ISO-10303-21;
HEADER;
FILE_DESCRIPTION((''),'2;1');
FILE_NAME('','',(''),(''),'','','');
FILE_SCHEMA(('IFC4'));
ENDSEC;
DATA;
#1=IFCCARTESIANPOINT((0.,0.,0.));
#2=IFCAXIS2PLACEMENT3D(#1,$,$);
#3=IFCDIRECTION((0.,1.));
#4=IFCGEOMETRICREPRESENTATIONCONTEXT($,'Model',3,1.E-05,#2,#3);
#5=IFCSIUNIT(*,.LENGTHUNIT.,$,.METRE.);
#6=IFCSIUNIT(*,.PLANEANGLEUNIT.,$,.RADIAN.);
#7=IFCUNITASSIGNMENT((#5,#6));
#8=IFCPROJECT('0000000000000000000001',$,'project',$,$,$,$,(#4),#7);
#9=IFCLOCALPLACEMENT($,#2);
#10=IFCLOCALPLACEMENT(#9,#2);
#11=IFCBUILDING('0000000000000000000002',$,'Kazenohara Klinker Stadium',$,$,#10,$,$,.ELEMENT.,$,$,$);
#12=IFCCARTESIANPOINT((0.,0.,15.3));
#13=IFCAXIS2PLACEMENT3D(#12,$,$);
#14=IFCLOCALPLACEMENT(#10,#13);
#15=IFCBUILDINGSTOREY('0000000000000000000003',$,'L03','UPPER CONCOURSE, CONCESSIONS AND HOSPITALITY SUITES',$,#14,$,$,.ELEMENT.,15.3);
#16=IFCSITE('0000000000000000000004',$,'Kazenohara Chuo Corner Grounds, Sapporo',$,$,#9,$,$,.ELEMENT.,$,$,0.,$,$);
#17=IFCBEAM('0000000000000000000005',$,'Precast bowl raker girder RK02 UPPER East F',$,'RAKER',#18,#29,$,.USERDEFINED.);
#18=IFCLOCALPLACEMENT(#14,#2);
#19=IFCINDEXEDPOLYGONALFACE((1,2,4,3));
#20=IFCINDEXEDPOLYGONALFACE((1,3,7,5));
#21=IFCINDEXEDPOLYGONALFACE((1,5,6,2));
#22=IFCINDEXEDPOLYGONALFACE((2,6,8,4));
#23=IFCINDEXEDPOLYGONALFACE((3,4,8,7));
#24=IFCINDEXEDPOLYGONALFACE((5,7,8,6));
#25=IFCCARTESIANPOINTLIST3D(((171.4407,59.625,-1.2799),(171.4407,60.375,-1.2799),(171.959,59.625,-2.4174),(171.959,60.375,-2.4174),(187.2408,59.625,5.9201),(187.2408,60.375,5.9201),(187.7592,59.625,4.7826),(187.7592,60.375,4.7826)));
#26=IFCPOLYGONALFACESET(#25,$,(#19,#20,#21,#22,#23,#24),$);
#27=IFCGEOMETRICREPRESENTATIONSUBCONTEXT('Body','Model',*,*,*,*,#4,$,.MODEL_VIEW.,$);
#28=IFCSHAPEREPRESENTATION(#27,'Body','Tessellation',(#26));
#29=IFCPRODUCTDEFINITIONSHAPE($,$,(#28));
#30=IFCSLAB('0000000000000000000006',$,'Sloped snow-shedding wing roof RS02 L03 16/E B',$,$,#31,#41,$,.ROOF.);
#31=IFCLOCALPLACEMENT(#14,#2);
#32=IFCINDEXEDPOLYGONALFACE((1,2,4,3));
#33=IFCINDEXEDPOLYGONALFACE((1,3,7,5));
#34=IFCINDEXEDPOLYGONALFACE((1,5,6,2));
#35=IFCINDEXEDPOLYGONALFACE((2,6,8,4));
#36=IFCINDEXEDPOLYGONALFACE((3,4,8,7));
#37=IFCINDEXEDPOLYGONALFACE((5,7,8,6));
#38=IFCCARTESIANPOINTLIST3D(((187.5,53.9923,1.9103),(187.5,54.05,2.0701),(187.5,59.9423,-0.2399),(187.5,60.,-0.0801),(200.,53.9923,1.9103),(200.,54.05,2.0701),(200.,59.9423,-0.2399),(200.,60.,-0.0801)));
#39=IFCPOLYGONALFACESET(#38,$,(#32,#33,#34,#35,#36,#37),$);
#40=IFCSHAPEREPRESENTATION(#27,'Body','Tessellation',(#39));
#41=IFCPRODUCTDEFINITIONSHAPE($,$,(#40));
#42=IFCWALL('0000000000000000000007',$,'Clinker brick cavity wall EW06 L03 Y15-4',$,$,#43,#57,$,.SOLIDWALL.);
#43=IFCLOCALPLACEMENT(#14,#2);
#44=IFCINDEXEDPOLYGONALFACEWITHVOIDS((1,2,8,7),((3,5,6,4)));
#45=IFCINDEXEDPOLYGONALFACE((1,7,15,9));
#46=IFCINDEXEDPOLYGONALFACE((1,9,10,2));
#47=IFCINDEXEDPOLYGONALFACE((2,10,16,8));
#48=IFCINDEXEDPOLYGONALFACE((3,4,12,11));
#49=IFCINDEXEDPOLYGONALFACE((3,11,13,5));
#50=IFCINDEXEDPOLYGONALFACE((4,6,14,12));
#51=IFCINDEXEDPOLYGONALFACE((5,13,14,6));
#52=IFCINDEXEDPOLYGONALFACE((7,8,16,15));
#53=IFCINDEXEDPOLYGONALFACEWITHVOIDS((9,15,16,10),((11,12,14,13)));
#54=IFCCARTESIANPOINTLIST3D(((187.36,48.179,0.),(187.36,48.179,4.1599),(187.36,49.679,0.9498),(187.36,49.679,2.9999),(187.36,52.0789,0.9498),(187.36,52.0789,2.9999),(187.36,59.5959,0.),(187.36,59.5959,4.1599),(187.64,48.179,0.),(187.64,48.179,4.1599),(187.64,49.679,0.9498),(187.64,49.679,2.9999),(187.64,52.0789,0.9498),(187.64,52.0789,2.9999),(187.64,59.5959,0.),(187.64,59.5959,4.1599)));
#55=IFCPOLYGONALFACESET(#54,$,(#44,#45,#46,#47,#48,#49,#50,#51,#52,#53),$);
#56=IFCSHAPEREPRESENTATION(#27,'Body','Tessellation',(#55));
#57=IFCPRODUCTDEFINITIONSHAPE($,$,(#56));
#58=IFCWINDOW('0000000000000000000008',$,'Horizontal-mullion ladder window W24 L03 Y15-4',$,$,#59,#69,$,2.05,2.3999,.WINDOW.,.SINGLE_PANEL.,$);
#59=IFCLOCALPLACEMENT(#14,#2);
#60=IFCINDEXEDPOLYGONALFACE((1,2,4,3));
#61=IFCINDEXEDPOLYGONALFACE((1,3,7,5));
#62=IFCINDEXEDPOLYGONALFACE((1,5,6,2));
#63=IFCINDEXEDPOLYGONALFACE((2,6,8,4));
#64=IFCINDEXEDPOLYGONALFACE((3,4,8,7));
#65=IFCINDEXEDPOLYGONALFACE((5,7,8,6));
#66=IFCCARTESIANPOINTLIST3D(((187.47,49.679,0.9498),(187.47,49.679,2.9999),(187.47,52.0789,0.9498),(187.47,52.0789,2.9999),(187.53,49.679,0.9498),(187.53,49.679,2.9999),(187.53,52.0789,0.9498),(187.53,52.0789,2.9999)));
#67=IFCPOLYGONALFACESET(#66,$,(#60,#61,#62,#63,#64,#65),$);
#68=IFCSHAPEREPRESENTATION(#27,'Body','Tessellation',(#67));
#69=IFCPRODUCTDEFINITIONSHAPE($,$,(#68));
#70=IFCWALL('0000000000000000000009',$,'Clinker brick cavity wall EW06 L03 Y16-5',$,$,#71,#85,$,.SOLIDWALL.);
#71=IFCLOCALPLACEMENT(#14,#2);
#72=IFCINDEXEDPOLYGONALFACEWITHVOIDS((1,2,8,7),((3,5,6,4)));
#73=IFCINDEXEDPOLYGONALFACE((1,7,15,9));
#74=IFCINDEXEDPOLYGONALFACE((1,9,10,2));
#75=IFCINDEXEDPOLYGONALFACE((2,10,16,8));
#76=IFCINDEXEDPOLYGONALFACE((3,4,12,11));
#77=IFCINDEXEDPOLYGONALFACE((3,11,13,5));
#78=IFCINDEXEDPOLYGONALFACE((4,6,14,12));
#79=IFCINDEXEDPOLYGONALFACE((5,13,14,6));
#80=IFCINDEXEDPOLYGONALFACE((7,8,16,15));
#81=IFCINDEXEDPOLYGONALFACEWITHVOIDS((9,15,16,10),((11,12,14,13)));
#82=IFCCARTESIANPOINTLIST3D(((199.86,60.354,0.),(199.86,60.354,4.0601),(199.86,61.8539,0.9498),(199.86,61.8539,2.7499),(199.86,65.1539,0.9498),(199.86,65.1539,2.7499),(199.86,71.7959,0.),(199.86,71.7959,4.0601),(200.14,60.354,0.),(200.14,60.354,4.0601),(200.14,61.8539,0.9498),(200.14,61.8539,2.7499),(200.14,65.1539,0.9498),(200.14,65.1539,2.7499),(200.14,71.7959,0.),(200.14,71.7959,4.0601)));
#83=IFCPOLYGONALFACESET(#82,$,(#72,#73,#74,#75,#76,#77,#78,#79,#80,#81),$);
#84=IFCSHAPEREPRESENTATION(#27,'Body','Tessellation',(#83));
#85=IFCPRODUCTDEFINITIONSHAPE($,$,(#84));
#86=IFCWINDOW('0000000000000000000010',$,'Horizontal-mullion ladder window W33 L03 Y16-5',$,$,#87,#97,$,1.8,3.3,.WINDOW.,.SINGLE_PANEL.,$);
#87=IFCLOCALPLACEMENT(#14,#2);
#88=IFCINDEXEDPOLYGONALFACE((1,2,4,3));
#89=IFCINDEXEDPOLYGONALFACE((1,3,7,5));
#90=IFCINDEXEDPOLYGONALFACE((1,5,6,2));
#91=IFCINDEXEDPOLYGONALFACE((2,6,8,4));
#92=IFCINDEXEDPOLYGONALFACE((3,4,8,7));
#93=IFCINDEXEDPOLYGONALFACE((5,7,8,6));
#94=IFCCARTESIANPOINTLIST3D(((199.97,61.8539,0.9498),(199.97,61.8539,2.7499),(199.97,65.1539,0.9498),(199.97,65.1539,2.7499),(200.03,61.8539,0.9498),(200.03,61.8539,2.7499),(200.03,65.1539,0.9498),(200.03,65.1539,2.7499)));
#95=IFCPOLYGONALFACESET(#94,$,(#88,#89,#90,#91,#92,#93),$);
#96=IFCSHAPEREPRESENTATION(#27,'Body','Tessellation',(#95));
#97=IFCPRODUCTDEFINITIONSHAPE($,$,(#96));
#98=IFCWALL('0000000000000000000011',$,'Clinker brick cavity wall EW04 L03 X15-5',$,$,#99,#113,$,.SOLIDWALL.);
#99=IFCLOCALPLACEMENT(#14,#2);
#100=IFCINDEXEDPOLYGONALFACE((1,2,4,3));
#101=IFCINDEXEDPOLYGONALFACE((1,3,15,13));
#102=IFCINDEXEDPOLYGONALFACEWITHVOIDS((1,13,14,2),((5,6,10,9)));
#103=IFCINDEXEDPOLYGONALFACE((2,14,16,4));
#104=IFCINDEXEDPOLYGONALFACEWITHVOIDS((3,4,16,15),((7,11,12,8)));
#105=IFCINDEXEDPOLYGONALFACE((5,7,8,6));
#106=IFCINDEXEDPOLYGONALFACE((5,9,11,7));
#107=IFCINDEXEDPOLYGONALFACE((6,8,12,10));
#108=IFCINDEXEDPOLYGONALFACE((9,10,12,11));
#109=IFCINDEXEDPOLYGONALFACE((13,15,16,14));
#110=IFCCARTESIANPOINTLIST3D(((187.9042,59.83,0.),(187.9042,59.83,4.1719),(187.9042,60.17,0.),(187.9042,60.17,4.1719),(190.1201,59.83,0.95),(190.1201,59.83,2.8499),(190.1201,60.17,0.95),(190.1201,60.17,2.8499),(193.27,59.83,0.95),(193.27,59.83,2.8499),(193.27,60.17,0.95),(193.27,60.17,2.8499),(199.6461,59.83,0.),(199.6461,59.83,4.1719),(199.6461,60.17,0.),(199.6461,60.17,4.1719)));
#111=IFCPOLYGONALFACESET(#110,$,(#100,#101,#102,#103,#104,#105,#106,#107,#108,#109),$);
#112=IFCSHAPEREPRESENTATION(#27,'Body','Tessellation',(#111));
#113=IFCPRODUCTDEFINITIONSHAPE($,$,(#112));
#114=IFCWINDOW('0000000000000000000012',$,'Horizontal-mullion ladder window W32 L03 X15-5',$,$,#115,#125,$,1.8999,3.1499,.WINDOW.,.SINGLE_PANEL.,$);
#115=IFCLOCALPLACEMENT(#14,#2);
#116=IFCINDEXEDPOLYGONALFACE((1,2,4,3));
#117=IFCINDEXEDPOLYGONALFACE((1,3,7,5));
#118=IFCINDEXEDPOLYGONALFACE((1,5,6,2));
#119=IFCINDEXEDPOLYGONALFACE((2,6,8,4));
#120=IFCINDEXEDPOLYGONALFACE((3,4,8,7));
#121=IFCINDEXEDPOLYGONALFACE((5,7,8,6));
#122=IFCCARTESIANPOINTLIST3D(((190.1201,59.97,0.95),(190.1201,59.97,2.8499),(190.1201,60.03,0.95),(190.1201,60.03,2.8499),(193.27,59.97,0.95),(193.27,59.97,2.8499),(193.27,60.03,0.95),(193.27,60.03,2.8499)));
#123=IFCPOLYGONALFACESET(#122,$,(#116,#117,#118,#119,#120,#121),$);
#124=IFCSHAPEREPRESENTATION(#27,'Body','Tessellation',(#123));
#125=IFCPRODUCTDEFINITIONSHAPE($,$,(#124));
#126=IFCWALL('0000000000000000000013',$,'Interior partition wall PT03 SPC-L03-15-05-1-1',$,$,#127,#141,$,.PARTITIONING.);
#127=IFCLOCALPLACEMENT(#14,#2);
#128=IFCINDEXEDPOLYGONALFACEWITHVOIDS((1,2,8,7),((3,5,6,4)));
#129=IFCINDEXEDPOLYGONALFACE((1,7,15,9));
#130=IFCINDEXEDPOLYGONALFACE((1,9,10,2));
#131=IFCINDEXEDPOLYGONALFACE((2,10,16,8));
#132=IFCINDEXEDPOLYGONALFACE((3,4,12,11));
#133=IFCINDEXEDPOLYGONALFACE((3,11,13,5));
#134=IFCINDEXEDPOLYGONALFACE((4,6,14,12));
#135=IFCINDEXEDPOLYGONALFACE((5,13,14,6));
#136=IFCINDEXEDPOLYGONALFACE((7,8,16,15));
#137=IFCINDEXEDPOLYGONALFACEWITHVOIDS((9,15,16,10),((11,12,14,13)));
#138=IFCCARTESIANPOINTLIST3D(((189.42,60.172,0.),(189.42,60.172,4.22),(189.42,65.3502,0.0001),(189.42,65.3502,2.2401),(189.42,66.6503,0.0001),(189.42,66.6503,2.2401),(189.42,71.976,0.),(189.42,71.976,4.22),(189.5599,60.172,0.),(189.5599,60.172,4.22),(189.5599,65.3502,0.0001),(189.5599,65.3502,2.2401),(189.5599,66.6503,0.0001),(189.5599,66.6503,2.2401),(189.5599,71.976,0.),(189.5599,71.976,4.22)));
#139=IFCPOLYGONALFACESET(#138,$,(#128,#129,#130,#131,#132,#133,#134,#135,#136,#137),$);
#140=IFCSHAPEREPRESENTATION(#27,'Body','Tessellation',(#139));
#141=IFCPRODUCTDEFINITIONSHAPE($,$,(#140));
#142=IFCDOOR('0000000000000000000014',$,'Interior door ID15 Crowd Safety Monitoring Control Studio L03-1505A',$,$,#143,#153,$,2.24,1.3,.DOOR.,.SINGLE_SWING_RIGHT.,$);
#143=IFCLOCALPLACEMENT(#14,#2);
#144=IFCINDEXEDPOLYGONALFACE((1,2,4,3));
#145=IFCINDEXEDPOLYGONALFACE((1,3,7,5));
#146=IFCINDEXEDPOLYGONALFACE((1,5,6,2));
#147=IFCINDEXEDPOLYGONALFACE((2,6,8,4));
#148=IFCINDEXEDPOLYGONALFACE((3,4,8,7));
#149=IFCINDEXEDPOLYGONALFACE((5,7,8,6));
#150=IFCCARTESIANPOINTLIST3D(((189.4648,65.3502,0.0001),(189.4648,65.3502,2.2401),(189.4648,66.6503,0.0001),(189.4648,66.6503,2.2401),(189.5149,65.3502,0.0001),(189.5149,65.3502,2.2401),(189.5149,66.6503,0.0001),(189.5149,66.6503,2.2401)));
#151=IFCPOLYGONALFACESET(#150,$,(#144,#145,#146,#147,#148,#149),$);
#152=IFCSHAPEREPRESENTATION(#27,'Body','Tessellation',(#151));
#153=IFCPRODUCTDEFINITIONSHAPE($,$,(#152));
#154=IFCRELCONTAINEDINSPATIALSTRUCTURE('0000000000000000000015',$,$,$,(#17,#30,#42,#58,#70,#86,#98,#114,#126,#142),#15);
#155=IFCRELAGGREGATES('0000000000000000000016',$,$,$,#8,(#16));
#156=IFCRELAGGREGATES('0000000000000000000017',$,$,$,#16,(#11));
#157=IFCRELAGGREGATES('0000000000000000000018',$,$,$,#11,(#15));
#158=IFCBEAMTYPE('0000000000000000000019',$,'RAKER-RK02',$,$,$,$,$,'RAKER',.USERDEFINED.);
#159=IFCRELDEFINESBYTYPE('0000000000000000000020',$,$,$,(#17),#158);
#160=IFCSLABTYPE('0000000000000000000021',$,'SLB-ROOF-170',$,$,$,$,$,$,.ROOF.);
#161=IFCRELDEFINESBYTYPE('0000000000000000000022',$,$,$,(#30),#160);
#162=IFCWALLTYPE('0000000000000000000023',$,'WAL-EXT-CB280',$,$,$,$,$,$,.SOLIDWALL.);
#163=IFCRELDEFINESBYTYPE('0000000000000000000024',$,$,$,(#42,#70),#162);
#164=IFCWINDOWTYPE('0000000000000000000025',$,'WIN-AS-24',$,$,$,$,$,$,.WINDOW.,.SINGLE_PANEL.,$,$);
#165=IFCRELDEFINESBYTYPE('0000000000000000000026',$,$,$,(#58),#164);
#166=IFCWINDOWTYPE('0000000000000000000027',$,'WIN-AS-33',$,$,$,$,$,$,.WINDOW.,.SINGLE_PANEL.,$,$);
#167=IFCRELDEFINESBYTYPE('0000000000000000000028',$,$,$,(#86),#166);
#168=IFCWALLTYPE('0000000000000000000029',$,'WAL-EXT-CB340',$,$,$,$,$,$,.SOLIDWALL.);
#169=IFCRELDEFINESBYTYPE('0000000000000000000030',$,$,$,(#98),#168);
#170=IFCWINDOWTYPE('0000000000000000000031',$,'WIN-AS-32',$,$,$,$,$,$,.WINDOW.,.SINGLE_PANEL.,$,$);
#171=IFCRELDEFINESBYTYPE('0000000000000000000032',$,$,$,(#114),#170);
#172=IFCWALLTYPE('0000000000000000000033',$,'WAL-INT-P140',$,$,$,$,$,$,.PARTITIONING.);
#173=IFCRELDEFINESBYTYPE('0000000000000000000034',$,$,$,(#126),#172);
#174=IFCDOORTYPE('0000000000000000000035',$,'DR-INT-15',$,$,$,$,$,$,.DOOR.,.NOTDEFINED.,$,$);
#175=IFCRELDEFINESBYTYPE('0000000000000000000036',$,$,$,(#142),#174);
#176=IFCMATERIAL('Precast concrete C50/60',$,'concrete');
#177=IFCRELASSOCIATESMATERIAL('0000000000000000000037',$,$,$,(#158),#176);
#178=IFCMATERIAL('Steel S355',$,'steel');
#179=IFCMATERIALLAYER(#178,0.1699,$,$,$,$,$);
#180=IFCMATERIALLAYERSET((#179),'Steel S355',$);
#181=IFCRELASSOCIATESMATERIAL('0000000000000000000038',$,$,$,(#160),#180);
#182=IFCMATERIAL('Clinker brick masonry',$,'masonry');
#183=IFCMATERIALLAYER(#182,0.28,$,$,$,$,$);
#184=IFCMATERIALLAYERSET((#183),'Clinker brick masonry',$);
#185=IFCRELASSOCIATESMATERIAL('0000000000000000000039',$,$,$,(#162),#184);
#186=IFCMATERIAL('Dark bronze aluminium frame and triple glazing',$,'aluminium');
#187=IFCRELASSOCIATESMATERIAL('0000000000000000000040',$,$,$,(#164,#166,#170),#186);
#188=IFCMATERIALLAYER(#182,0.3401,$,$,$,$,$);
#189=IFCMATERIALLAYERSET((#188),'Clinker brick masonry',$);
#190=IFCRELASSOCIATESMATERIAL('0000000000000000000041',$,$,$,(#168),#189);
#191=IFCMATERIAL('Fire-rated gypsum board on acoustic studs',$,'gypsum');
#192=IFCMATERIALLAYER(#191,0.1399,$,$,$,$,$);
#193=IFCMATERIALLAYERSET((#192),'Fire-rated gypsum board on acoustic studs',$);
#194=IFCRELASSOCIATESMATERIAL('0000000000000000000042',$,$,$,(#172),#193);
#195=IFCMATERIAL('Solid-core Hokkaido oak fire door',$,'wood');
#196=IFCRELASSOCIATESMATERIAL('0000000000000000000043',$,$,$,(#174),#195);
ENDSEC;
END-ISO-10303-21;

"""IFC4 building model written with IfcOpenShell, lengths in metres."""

from ifc_helpers import new_model, si_unit, direction, frame, frame_2d, origin, origin_2d, place, context, subcontext, project, spatial, polyline, rectangle, outline, extrude, material, layer, layer_set, material_profile, profile_set, type_object, element, fill, save


model = new_model("IFC4")

# Units and contexts
model_context = context("Model", 3, precision=1e-05, world=origin(), true_north=direction((0.0, 1.0)))
body_context = subcontext(model_context, "Body", "Model", "MODEL_VIEW")
ifc_project = project(units=[si_unit("LENGTHUNIT", "METRE"), si_unit("PLANEANGLEUNIT", "RADIAN")], contexts=[model_context])

# Site, building, storey
site_placement = place(None, origin())
site = spatial("IfcSite", under=ifc_project, at=site_placement, Name="Kazenohara Chuo Corner Grounds, Sapporo", CompositionType="ELEMENT", RefElevation=0.0)
building_placement = place(site_placement, origin())
building = spatial("IfcBuilding", under=site, at=building_placement, Name="Kazenohara Klinker Stadium", CompositionType="ELEMENT")
storey_placement = place(building_placement, frame((0.0, 0.0, 15.3)))
storey = spatial("IfcBuildingStorey", under=building, at=storey_placement, Name="L03", Description="UPPER CONCOURSE, CONCESSIONS AND HOSPITALITY SUITES", CompositionType="ELEMENT", Elevation=15.3)

# Shared definitions
ifc_material_1 = material(Name="Steel S355", Category="steel")

# Beam
ifc_material_2 = material(Name="Precast concrete C50/60", Category="concrete")
ifc_material_profile_1 = material_profile(ifc_material_2, rectangle(XDim=0.75, YDim=1.25, at=origin_2d()), Name="PC-RAKER-750x1250")
ifc_profile_set_1 = profile_set([ifc_material_profile_1], Name="Precast concrete C50/60")
beam_type_1 = type_object("IfcBeamType", Name="RAKER-RK02", ElementType="RAKER", PredefinedType="USERDEFINED", material=ifc_profile_set_1)
beam_1_placement = place(storey_placement, frame((187.5, 60.0, 5.3513), z_axis=(-0.909973, 0.0, -0.414667), x_axis=(0.0, -1.0, 0.0)))
element("IfcBeam", 1, at=beam_1_placement, inside=storey, type_object=beam_type_1, Name="Precast bowl raker girder RK02 UPPER East F", ObjectType="RAKER", PredefinedType="USERDEFINED", context=body_context, shape_type="SweptSolid", body=[
    extrude(rectangle(XDim=0.75, YDim=1.25, at=origin_2d()), origin(), (0.0, 0.0, 1.0), 17.3633),
])

# Slab
ifc_layer_1 = layer(ifc_material_1, 0.1699)
ifc_layer_set_1 = layer_set([ifc_layer_1], Name="Steel S355")
slab_type = type_object("IfcSlabType", Name="SLB-ROOF-170", PredefinedType="ROOF", material=ifc_layer_set_1)
slab_placement = place(storey_placement, frame((187.5, 54.05, 2.0701), z_axis=(0.0, 0.339862, 0.940475), x_axis=(1.0, 0.0, 0.0)))
element("IfcSlab", 2, at=slab_placement, inside=storey, type_object=slab_type, Name="Sloped snow-shedding wing roof RS02 L03 16/E B", PredefinedType="ROOF", context=body_context, shape_type="SweptSolid", body=[
    extrude(outline(polyline([(0.0, 0.0), (12.5, 0.0), (12.5, 6.3265), (0.0, 6.3265), (0.0, 0.0)])), origin(), (0.0, 0.0, -1.0), 0.1699),
])

# Walls, openings, windows
ifc_material_3 = material(Name="Clinker brick masonry", Category="masonry")
ifc_layer_2 = layer(ifc_material_3, 0.28)
ifc_layer_set_2 = layer_set([ifc_layer_2], Name="Clinker brick masonry")
wall_type_1 = type_object("IfcWallType", Name="WAL-EXT-CB280", PredefinedType="SOLIDWALL", material=ifc_layer_set_2)
wall_1_placement = place(storey_placement, frame((187.5, 48.179, 0.0), z_axis=(0.0, 0.0, 1.0), x_axis=(0.0, 1.0, 0.0)))
wall_1 = element("IfcWall", 3, at=wall_1_placement, inside=storey, type_object=wall_type_1, Name="Clinker brick cavity wall EW06 L03 Y15-4", PredefinedType="SOLIDWALL", context=body_context, shape_type="SweptSolid", body=[
    extrude(rectangle(XDim=11.417, YDim=0.28, at=frame_2d((5.7085, 0.0))), origin(), (0.0, 0.0, 1.0), 4.1599),
])
opening_1_placement = place(wall_1_placement, frame((1.5, 0.0, 0.95)))
opening_1 = element("IfcOpeningElement", 4, at=opening_1_placement, cuts=wall_1, PredefinedType="OPENING", context=body_context, shape_type="SweptSolid", body=[
    extrude(rectangle(XDim=2.3999, YDim=2.05, at=frame_2d((1.2, 1.0249))), frame((0.0, 0.1499, 0.0), z_axis=(0.0, -1.0, 0.0), x_axis=(1.0, 0.0, 0.0)), (0.0, 0.0, 1.0), 0.3),
])
ifc_material_4 = material(Name="Dark bronze aluminium frame and triple glazing", Category="aluminium")
window_type_1 = type_object("IfcWindowType", Name="WIN-AS-24", PartitioningType="SINGLE_PANEL", PredefinedType="WINDOW", material=ifc_material_4)
window_1_placement = place(opening_1_placement, origin())
window_1 = element("IfcWindow", 5, at=window_1_placement, inside=storey, type_object=window_type_1, Name="Horizontal-mullion ladder window W24 L03 Y15-4", OverallHeight=2.05, OverallWidth=2.3999, PartitioningType="SINGLE_PANEL", PredefinedType="WINDOW", context=body_context, shape_type="SweptSolid", body=[
    extrude(rectangle(XDim=2.3999, YDim=2.05, at=frame_2d((1.2, 1.0249))), frame((0.0, 0.03, 0.0), z_axis=(0.0, -1.0, 0.0), x_axis=(1.0, 0.0, 0.0)), (0.0, 0.0, 1.0), 0.0601),
])
fill(opening_1, window_1)
wall_2_placement = place(storey_placement, frame((200.0, 60.354, 0.0), z_axis=(0.0, 0.0, 1.0), x_axis=(0.0, 1.0, 0.0)))
wall_2 = element("IfcWall", 6, at=wall_2_placement, inside=storey, type_object=wall_type_1, Name="Clinker brick cavity wall EW06 L03 Y16-5", PredefinedType="SOLIDWALL", context=body_context, shape_type="SweptSolid", body=[
    extrude(rectangle(XDim=11.4419, YDim=0.28, at=frame_2d((5.7209, 0.0))), origin(), (0.0, 0.0, 1.0), 4.0601),
])
opening_2_placement = place(wall_2_placement, frame((1.5, 0.0, 0.95)))
opening_2 = element("IfcOpeningElement", 7, at=opening_2_placement, cuts=wall_2, PredefinedType="OPENING", context=body_context, shape_type="SweptSolid", body=[
    extrude(rectangle(XDim=3.3, YDim=1.8, at=frame_2d((1.6499, 0.8999))), frame((0.0, 0.1499, 0.0), z_axis=(0.0, -1.0, 0.0), x_axis=(1.0, 0.0, 0.0)), (0.0, 0.0, 1.0), 0.3),
])
window_type_2 = type_object("IfcWindowType", Name="WIN-AS-33", PartitioningType="SINGLE_PANEL", PredefinedType="WINDOW", material=ifc_material_4)
window_2_placement = place(opening_2_placement, origin())
window_2 = element("IfcWindow", 8, at=window_2_placement, inside=storey, type_object=window_type_2, Name="Horizontal-mullion ladder window W33 L03 Y16-5", OverallHeight=1.8, OverallWidth=3.3, PartitioningType="SINGLE_PANEL", PredefinedType="WINDOW", context=body_context, shape_type="SweptSolid", body=[
    extrude(rectangle(XDim=3.3, YDim=1.8, at=frame_2d((1.6499, 0.8999))), frame((0.0, 0.03, 0.0), z_axis=(0.0, -1.0, 0.0), x_axis=(1.0, 0.0, 0.0)), (0.0, 0.0, 1.0), 0.0601),
])
fill(opening_2, window_2)
ifc_layer_3 = layer(ifc_material_3, 0.3401)
ifc_layer_set_3 = layer_set([ifc_layer_3], Name="Clinker brick masonry")
wall_type_2 = type_object("IfcWallType", Name="WAL-EXT-CB340", PredefinedType="SOLIDWALL", material=ifc_layer_set_3)
wall_3_placement = place(storey_placement, frame((187.9041, 60.0, 0.0), z_axis=(0.0, 0.0, 1.0), x_axis=(1.0, 0.0, 0.0)))
wall_3 = element("IfcWall", 9, at=wall_3_placement, inside=storey, type_object=wall_type_2, Name="Clinker brick cavity wall EW04 L03 X15-5", PredefinedType="SOLIDWALL", context=body_context, shape_type="SweptSolid", body=[
    extrude(rectangle(XDim=11.7419, YDim=0.3401, at=frame_2d((5.8711, 0.0))), origin(), (0.0, 0.0, 1.0), 4.1719),
])
opening_3_placement = place(wall_3_placement, frame((2.2161, 0.0, 0.95)))
opening_3 = element("IfcOpeningElement", 10, at=opening_3_placement, cuts=wall_3, PredefinedType="OPENING", context=body_context, shape_type="SweptSolid", body=[
    extrude(rectangle(XDim=3.1499, YDim=1.8999, at=frame_2d((1.575, 0.95))), frame((0.0, 0.1802, 0.0), z_axis=(0.0, -1.0, 0.0), x_axis=(1.0, 0.0, 0.0)), (0.0, 0.0, 1.0), 0.3601),
])
window_type_3 = type_object("IfcWindowType", Name="WIN-AS-32", PartitioningType="SINGLE_PANEL", PredefinedType="WINDOW", material=ifc_material_4)
window_3_placement = place(opening_3_placement, origin())
window_3 = element("IfcWindow", 11, at=window_3_placement, inside=storey, type_object=window_type_3, Name="Horizontal-mullion ladder window W32 L03 X15-5", OverallHeight=1.8999, OverallWidth=3.1499, PartitioningType="SINGLE_PANEL", PredefinedType="WINDOW", context=body_context, shape_type="SweptSolid", body=[
    extrude(rectangle(XDim=3.1499, YDim=1.8999, at=frame_2d((1.575, 0.95))), frame((0.0, 0.03, 0.0), z_axis=(0.0, -1.0, 0.0), x_axis=(1.0, 0.0, 0.0)), (0.0, 0.0, 1.0), 0.0601),
])
fill(opening_3, window_3)

# Wall, opening, door
ifc_material_5 = material(Name="Fire-rated gypsum board on acoustic studs", Category="gypsum")
ifc_layer_4 = layer(ifc_material_5, 0.1399)
ifc_layer_set_4 = layer_set([ifc_layer_4], Name="Fire-rated gypsum board on acoustic studs")
wall_type_3 = type_object("IfcWallType", Name="WAL-INT-P140", PredefinedType="PARTITIONING", material=ifc_layer_set_4)
wall_4_placement = place(storey_placement, frame((189.49, 60.1721, 0.0), z_axis=(0.0, 0.0, 1.0), x_axis=(0.0, 1.0, 0.0)))
wall_4 = element("IfcWall", 12, at=wall_4_placement, inside=storey, type_object=wall_type_3, Name="Interior partition wall PT03 SPC-L03-15-05-1-1", PredefinedType="PARTITIONING", context=body_context, shape_type="SweptSolid", body=[
    extrude(rectangle(XDim=11.804, YDim=0.1399, at=frame_2d((5.9019, 0.0))), origin(), (0.0, 0.0, 1.0), 4.22),
])
opening_4_placement = place(wall_4_placement, frame((6.478, 0.0, 0.0), z_axis=(0.0, 0.0, 1.0), x_axis=(-1.0, 0.0, 0.0)))
opening_4 = element("IfcOpeningElement", 13, at=opening_4_placement, cuts=wall_4, PredefinedType="OPENING", context=body_context, shape_type="SweptSolid", body=[
    extrude(rectangle(XDim=1.3, YDim=2.24, at=frame_2d((0.6499, 1.1201))), frame((0.0, 0.0801, 0.0), z_axis=(0.0, -1.0, 0.0), x_axis=(1.0, 0.0, 0.0)), (0.0, 0.0, 1.0), 0.1599),
])
ifc_material_6 = material(Name="Solid-core Hokkaido oak fire door", Category="wood")
door_type = type_object("IfcDoorType", Name="DR-INT-15", OperationType="NOTDEFINED", PredefinedType="DOOR", material=ifc_material_6)
door_placement = place(opening_4_placement, origin())
door = element("IfcDoor", 14, at=door_placement, inside=storey, type_object=door_type, Name="Interior door ID15 Crowd Safety Monitoring Control Studio L03-1505A", OperationType="SINGLE_SWING_RIGHT", OverallHeight=2.24, OverallWidth=1.3, PredefinedType="DOOR", context=body_context, shape_type="SweptSolid", body=[
    extrude(rectangle(XDim=1.3, YDim=2.24, at=frame_2d((0.6499, 1.1201))), frame((0.0, 0.0249, 0.0), z_axis=(0.0, -1.0, 0.0), x_axis=(1.0, 0.0, 0.0)), (0.0, 0.0, 1.0), 0.05),
])
fill(opening_4, door)

save(model, "model.ifc")
